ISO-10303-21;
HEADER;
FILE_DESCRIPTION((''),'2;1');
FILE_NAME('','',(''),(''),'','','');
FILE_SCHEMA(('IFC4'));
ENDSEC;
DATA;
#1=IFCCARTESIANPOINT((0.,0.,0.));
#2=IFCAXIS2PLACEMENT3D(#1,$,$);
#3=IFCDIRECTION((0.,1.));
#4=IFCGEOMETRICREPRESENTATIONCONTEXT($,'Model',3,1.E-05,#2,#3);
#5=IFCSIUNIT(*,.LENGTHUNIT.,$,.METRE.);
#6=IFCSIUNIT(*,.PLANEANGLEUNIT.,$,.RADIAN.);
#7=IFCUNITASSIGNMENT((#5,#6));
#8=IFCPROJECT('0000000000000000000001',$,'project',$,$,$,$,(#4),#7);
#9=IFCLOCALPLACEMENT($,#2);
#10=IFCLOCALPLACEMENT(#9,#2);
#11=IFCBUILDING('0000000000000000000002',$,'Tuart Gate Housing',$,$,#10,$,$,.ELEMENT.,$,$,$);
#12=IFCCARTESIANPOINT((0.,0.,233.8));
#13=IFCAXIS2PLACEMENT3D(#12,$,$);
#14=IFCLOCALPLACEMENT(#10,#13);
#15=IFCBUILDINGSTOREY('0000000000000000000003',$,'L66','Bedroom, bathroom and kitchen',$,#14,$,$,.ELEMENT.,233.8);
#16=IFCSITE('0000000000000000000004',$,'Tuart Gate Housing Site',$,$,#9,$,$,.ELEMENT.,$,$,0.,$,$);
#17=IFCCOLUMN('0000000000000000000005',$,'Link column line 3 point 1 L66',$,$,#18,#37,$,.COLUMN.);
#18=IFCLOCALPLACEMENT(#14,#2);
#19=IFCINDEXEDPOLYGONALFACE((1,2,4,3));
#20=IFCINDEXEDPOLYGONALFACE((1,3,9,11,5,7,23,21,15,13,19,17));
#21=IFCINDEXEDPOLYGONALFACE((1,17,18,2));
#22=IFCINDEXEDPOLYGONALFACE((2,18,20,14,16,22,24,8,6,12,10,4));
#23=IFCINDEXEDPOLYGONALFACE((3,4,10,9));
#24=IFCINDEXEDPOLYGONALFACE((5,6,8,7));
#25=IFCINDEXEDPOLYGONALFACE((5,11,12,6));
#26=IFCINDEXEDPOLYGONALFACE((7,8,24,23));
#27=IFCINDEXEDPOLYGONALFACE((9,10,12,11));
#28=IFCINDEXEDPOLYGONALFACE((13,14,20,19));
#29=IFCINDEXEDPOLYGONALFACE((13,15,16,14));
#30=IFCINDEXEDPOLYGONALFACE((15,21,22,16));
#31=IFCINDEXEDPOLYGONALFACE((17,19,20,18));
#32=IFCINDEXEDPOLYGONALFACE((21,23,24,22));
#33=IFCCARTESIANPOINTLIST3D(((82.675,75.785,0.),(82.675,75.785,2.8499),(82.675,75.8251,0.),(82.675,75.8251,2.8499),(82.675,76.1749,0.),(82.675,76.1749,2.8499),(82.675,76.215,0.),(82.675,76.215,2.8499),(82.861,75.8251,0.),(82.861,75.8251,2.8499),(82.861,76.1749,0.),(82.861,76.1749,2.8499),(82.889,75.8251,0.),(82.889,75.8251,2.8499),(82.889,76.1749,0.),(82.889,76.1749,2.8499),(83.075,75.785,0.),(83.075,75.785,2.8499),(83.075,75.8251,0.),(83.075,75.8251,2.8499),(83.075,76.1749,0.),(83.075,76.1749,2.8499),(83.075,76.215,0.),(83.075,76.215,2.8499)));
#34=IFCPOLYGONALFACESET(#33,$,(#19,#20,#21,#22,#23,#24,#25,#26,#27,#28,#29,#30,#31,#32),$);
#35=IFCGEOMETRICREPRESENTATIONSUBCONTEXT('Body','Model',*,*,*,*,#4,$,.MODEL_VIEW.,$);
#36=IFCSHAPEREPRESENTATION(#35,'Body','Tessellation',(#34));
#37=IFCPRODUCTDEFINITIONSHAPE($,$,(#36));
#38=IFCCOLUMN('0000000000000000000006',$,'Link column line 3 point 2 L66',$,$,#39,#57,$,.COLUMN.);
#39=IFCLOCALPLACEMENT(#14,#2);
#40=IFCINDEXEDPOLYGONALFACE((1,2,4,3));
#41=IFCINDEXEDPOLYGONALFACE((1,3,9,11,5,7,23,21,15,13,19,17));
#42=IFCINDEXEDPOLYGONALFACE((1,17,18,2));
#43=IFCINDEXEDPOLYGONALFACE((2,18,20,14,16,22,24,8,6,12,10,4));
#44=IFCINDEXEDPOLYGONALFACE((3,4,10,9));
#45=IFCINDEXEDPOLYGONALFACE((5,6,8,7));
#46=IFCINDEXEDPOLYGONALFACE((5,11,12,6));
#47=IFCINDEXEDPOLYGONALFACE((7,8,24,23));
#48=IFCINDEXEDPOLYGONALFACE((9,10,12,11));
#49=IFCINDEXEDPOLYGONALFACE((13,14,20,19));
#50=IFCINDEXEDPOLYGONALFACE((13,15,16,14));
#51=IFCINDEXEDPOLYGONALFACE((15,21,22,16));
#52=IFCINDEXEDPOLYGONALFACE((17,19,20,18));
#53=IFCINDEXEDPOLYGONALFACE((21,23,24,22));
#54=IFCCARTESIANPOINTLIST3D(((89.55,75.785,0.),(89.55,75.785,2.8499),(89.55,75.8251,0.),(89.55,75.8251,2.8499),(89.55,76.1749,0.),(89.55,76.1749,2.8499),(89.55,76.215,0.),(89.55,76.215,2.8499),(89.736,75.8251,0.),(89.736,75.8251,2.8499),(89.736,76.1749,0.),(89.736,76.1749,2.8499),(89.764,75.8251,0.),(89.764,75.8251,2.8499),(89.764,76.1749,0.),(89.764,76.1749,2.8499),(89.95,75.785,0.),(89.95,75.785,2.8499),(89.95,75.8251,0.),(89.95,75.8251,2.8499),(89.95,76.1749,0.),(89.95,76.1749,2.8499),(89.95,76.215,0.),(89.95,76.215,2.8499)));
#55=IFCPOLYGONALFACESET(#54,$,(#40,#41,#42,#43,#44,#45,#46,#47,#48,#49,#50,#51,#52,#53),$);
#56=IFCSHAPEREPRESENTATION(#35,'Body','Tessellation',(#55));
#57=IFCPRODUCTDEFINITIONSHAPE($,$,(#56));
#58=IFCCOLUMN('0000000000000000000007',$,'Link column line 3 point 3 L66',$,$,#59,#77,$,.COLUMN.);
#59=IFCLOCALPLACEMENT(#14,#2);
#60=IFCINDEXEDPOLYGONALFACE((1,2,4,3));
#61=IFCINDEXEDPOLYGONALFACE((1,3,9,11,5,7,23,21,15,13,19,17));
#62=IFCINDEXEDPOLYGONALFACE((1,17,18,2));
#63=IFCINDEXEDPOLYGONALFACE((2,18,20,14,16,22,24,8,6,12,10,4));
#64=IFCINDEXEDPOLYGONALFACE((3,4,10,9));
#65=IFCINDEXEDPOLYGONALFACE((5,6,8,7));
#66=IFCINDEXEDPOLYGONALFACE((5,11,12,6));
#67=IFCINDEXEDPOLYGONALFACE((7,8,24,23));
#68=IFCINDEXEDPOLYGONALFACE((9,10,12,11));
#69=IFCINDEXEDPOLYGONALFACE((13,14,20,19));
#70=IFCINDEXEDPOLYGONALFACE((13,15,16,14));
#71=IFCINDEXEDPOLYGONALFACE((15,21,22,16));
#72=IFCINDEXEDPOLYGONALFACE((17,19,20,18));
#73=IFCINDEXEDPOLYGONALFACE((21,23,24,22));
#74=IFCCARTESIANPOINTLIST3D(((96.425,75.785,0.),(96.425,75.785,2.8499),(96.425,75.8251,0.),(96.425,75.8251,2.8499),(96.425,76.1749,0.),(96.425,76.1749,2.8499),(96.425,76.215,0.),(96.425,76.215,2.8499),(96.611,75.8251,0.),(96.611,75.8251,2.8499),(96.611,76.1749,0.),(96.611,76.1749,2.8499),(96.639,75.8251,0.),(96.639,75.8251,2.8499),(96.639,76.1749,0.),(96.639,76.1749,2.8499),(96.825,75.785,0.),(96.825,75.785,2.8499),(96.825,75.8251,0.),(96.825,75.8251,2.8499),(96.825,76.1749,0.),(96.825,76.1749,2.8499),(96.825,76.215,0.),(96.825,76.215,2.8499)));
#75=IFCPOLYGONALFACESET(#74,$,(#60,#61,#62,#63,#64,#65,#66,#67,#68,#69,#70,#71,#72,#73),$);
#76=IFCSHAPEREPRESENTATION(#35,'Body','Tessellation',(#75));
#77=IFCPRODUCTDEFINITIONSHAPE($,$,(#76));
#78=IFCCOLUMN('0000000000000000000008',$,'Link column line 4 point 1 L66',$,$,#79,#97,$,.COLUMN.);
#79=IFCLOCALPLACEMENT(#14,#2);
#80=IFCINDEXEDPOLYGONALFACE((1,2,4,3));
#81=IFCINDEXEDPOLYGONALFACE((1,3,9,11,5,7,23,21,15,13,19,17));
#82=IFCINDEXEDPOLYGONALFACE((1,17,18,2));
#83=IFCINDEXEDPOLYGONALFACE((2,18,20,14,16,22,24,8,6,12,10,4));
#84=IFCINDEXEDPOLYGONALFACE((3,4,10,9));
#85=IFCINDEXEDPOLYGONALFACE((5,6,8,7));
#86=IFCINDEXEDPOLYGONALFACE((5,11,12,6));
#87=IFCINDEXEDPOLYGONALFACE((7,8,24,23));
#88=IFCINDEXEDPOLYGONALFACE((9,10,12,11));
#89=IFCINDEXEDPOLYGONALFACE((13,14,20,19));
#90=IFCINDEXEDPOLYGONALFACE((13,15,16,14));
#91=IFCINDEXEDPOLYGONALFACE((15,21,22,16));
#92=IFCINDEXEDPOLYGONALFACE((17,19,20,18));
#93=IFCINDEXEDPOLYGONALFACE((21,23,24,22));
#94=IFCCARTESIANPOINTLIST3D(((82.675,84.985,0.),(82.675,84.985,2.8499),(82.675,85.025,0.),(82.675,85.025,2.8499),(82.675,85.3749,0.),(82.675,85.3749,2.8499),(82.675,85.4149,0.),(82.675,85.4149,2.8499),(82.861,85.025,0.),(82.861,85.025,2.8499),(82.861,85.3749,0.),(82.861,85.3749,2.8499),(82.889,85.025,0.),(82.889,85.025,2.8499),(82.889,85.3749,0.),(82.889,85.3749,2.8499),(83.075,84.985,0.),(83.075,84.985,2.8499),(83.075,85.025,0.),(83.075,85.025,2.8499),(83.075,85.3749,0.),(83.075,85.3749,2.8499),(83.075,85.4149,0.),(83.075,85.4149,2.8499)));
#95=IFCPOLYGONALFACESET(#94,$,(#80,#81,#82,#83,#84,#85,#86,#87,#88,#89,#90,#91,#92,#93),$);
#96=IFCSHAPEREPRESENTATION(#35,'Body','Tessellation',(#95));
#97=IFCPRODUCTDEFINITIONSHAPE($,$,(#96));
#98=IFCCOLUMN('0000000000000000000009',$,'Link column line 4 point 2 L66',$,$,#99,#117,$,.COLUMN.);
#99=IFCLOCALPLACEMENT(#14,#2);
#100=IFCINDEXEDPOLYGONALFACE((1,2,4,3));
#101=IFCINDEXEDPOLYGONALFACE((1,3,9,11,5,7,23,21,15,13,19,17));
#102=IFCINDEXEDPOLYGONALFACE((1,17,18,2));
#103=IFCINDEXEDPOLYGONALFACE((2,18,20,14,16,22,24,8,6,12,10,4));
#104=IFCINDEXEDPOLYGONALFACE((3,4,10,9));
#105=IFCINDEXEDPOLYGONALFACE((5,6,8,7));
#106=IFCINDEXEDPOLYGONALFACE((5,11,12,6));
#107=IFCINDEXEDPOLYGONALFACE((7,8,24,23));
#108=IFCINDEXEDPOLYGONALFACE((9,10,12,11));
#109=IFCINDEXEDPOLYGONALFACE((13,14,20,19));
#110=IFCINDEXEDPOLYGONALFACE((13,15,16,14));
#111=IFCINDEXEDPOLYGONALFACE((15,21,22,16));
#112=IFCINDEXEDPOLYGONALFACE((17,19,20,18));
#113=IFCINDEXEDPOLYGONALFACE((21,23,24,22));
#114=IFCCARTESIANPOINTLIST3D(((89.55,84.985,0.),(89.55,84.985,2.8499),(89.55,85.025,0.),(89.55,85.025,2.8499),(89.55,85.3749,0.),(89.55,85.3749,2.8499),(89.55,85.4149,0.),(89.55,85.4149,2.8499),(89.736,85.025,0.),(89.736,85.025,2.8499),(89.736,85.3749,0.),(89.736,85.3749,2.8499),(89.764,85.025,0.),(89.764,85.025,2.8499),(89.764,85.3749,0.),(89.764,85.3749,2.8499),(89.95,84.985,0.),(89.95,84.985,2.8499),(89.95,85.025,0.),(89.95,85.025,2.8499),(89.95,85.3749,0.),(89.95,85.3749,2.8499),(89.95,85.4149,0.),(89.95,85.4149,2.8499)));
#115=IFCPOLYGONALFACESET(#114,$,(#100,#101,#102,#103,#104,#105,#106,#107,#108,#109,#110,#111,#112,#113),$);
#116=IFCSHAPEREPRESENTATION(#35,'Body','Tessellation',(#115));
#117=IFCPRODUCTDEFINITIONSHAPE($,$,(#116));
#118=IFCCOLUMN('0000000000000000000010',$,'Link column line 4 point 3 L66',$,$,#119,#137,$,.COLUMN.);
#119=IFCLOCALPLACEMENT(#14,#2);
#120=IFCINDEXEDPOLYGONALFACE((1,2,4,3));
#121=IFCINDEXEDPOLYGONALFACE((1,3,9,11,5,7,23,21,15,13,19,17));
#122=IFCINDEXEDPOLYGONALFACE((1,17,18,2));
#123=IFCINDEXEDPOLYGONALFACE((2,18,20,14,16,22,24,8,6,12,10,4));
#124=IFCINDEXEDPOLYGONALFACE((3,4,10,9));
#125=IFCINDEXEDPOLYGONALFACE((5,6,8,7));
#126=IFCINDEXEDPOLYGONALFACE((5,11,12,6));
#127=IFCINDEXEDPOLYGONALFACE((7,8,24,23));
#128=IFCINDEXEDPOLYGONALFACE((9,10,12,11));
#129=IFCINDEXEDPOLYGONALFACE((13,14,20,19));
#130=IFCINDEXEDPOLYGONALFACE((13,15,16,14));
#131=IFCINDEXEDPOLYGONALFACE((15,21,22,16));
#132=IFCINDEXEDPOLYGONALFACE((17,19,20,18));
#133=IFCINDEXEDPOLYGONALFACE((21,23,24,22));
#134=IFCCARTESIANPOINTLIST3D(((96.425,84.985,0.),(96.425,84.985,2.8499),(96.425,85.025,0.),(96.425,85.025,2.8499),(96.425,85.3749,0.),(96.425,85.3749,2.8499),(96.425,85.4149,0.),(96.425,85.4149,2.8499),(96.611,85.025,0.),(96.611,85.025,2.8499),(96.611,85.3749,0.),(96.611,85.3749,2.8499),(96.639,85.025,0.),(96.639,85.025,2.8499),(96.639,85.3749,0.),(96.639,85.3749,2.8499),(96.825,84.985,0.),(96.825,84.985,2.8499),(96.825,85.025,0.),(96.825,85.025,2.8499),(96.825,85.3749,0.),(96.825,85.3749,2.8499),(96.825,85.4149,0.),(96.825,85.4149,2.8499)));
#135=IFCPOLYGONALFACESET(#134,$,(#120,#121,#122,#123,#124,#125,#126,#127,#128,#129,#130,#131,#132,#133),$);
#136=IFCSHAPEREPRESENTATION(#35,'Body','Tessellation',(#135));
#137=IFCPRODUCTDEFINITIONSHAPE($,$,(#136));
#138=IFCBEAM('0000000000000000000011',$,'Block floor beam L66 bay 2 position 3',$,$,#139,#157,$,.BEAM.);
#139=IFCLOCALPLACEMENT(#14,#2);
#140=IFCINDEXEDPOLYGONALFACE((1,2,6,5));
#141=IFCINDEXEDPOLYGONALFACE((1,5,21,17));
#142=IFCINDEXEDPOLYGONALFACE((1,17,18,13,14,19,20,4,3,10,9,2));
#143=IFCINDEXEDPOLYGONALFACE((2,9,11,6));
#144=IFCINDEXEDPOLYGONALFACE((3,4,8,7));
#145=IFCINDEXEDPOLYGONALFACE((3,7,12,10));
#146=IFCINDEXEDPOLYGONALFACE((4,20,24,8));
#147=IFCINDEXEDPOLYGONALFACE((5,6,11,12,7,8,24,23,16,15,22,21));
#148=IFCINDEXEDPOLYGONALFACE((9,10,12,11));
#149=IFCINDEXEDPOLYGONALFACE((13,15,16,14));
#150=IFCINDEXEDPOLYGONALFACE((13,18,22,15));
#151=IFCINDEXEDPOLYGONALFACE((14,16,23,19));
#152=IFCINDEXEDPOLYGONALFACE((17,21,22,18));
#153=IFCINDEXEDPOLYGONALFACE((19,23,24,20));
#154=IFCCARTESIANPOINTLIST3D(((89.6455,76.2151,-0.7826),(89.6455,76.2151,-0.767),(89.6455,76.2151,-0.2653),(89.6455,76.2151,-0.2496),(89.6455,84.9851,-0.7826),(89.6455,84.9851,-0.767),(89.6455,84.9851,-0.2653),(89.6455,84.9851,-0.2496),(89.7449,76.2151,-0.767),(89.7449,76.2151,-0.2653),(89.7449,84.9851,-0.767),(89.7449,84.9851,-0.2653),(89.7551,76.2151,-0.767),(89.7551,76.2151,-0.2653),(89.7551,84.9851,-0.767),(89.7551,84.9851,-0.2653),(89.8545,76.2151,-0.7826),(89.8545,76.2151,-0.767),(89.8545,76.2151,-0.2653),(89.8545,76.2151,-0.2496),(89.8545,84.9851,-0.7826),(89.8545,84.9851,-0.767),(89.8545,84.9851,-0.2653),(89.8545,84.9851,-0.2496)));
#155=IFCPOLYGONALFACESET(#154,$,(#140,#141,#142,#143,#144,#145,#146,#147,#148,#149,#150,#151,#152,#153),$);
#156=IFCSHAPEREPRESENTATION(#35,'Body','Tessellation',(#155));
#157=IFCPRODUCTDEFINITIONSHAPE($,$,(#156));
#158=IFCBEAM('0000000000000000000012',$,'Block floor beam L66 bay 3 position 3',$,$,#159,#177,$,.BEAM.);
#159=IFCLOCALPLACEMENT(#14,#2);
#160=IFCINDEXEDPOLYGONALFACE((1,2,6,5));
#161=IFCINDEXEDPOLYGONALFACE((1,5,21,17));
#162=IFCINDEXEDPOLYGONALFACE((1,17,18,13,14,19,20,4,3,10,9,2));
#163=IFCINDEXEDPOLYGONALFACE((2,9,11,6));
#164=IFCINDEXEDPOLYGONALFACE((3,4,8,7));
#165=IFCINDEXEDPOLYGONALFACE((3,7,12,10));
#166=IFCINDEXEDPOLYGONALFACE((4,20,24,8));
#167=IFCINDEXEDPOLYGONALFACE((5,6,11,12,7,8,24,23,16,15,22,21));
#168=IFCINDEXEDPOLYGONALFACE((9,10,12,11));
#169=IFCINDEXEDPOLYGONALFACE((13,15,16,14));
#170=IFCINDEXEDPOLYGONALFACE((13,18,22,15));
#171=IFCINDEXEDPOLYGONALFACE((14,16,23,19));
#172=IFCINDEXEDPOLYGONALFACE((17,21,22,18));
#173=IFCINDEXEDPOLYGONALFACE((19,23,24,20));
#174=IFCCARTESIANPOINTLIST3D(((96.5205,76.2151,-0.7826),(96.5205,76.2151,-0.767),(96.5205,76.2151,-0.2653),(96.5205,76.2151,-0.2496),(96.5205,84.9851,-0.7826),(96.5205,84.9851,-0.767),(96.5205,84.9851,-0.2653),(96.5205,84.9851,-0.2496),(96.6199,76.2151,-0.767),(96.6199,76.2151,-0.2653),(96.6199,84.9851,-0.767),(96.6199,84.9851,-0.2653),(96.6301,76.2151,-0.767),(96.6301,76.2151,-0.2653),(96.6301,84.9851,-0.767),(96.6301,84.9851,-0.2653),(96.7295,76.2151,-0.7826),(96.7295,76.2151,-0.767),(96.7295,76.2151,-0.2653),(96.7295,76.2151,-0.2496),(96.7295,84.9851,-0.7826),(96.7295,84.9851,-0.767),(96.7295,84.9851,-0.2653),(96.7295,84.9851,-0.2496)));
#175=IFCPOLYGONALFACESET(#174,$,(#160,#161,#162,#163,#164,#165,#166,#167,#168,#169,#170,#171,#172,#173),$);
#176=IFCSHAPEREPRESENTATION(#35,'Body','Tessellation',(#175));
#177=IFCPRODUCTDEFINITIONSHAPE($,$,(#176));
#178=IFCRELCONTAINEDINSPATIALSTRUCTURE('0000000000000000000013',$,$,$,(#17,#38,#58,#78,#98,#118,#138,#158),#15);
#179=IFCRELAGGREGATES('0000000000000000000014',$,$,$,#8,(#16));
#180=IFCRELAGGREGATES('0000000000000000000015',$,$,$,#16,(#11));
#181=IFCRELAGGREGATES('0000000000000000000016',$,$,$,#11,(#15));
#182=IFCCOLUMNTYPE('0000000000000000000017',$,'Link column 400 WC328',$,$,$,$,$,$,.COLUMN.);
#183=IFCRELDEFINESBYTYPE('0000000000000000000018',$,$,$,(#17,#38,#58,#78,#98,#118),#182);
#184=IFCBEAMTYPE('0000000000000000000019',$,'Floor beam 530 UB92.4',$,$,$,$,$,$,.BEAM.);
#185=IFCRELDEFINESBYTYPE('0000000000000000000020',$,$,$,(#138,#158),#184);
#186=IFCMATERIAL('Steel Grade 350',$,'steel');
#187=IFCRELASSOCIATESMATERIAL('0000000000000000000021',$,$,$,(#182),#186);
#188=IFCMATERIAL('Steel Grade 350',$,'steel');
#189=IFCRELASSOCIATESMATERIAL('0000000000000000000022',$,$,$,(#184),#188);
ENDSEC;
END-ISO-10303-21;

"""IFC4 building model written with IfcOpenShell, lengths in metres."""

from ifc_helpers import new_model, si_unit, direction, frame, origin, origin_2d, place, context, subcontext, project, spatial, i_section, extrude, material, material_profile, profile_set, type_object, element, save


model = new_model("IFC4")

# Units and contexts
model_context = context("Model", 3, precision=1e-05, world=origin(), true_north=direction((0.0, 1.0)))
body_context = subcontext(model_context, "Body", "Model", "MODEL_VIEW")
ifc_project = project(units=[si_unit("LENGTHUNIT", "METRE"), si_unit("PLANEANGLEUNIT", "RADIAN")], contexts=[model_context])

# Site, building, storey
site_placement = place(None, origin())
site = spatial("IfcSite", under=ifc_project, at=site_placement, Name="Tuart Gate Housing Site", CompositionType="ELEMENT", RefElevation=0.0)
building_placement = place(site_placement, origin())
building = spatial("IfcBuilding", under=site, at=building_placement, Name="Tuart Gate Housing", CompositionType="ELEMENT")
storey_placement = place(building_placement, frame((0.0, 0.0, 233.8)))
storey = spatial("IfcBuildingStorey", under=building, at=storey_placement, Name="L66", Description="Bedroom, bathroom and kitchen", CompositionType="ELEMENT", Elevation=233.8)

# Columns
ifc_material_1 = material(Name="Steel Grade 350", Category="steel")
ifc_material_profile_1 = material_profile(ifc_material_1, i_section(OverallWidth=0.3999, OverallDepth=0.4299, WebThickness=0.0281, FlangeThickness=0.04, at=origin_2d()), Name="400WC328")
ifc_profile_set_1 = profile_set([ifc_material_profile_1], Name="Steel Grade 350")
column_type = type_object("IfcColumnType", Name="Link column 400 WC328", PredefinedType="COLUMN", material=ifc_profile_set_1)
for number, where, z_axis, x_axis, name in (
    (1, (82.875, 76.0, 0.0), (0.0, 0.0, 1.0), (1.0, 0.0, 0.0), "Link column line 3 point 1 L66"),
    (2, (89.75, 76.0, 0.0), (0.0, 0.0, 1.0), (1.0, 0.0, 0.0), "Link column line 3 point 2 L66"),
    (3, (96.625, 76.0, 0.0), (0.0, 0.0, 1.0), (1.0, 0.0, 0.0), "Link column line 3 point 3 L66"),
    (4, (82.875, 85.2, 0.0), (0.0, 0.0, 1.0), (1.0, 0.0, 0.0), "Link column line 4 point 1 L66"),
    (5, (89.75, 85.2, 0.0), (0.0, 0.0, 1.0), (1.0, 0.0, 0.0), "Link column line 4 point 2 L66"),
    (6, (96.625, 85.2, 0.0), (0.0, 0.0, 1.0), (1.0, 0.0, 0.0), "Link column line 4 point 3 L66"),
):
    element("IfcColumn", number, at=place(storey_placement, frame(where, z_axis=z_axis, x_axis=x_axis)), inside=storey, type_object=column_type, Name=name, PredefinedType="COLUMN", context=body_context, shape_type="SweptSolid", body=[
        extrude(i_section(OverallWidth=0.3999, OverallDepth=0.4299, WebThickness=0.0281, FlangeThickness=0.04, at=origin_2d()), origin(), (0.0, 0.0, 1.0), 2.8499),
    ])

# Beams
ifc_material_2 = material(Name="Steel Grade 350", Category="steel")
ifc_material_profile_2 = material_profile(ifc_material_2, i_section(OverallWidth=0.209, OverallDepth=0.533, WebThickness=0.0103, FlangeThickness=0.0156, at=origin_2d()), Name="530UB92.4")
ifc_profile_set_2 = profile_set([ifc_material_profile_2], Name="Steel Grade 350")
beam_type = type_object("IfcBeamType", Name="Floor beam 530 UB92.4", PredefinedType="BEAM", material=ifc_profile_set_2)
for number, where, z_axis, x_axis, name in (
    (7, (89.75, 76.2151, -0.5161), (0.0, 1.0, 0.0), (-1.0, 0.0, 0.0), "Block floor beam L66 bay 2 position 3"),
    (8, (96.625, 76.2151, -0.5161), (0.0, 1.0, 0.0), (-1.0, 0.0, 0.0), "Block floor beam L66 bay 3 position 3"),
):
    element("IfcBeam", number, at=place(storey_placement, frame(where, z_axis=z_axis, x_axis=x_axis)), inside=storey, type_object=beam_type, Name=name, PredefinedType="BEAM", context=body_context, shape_type="SweptSolid", body=[
        extrude(i_section(OverallWidth=0.209, OverallDepth=0.533, WebThickness=0.0103, FlangeThickness=0.0156, at=origin_2d()), origin(), (0.0, 0.0, 1.0), 8.77),
    ])

save(model, "model.ifc")
